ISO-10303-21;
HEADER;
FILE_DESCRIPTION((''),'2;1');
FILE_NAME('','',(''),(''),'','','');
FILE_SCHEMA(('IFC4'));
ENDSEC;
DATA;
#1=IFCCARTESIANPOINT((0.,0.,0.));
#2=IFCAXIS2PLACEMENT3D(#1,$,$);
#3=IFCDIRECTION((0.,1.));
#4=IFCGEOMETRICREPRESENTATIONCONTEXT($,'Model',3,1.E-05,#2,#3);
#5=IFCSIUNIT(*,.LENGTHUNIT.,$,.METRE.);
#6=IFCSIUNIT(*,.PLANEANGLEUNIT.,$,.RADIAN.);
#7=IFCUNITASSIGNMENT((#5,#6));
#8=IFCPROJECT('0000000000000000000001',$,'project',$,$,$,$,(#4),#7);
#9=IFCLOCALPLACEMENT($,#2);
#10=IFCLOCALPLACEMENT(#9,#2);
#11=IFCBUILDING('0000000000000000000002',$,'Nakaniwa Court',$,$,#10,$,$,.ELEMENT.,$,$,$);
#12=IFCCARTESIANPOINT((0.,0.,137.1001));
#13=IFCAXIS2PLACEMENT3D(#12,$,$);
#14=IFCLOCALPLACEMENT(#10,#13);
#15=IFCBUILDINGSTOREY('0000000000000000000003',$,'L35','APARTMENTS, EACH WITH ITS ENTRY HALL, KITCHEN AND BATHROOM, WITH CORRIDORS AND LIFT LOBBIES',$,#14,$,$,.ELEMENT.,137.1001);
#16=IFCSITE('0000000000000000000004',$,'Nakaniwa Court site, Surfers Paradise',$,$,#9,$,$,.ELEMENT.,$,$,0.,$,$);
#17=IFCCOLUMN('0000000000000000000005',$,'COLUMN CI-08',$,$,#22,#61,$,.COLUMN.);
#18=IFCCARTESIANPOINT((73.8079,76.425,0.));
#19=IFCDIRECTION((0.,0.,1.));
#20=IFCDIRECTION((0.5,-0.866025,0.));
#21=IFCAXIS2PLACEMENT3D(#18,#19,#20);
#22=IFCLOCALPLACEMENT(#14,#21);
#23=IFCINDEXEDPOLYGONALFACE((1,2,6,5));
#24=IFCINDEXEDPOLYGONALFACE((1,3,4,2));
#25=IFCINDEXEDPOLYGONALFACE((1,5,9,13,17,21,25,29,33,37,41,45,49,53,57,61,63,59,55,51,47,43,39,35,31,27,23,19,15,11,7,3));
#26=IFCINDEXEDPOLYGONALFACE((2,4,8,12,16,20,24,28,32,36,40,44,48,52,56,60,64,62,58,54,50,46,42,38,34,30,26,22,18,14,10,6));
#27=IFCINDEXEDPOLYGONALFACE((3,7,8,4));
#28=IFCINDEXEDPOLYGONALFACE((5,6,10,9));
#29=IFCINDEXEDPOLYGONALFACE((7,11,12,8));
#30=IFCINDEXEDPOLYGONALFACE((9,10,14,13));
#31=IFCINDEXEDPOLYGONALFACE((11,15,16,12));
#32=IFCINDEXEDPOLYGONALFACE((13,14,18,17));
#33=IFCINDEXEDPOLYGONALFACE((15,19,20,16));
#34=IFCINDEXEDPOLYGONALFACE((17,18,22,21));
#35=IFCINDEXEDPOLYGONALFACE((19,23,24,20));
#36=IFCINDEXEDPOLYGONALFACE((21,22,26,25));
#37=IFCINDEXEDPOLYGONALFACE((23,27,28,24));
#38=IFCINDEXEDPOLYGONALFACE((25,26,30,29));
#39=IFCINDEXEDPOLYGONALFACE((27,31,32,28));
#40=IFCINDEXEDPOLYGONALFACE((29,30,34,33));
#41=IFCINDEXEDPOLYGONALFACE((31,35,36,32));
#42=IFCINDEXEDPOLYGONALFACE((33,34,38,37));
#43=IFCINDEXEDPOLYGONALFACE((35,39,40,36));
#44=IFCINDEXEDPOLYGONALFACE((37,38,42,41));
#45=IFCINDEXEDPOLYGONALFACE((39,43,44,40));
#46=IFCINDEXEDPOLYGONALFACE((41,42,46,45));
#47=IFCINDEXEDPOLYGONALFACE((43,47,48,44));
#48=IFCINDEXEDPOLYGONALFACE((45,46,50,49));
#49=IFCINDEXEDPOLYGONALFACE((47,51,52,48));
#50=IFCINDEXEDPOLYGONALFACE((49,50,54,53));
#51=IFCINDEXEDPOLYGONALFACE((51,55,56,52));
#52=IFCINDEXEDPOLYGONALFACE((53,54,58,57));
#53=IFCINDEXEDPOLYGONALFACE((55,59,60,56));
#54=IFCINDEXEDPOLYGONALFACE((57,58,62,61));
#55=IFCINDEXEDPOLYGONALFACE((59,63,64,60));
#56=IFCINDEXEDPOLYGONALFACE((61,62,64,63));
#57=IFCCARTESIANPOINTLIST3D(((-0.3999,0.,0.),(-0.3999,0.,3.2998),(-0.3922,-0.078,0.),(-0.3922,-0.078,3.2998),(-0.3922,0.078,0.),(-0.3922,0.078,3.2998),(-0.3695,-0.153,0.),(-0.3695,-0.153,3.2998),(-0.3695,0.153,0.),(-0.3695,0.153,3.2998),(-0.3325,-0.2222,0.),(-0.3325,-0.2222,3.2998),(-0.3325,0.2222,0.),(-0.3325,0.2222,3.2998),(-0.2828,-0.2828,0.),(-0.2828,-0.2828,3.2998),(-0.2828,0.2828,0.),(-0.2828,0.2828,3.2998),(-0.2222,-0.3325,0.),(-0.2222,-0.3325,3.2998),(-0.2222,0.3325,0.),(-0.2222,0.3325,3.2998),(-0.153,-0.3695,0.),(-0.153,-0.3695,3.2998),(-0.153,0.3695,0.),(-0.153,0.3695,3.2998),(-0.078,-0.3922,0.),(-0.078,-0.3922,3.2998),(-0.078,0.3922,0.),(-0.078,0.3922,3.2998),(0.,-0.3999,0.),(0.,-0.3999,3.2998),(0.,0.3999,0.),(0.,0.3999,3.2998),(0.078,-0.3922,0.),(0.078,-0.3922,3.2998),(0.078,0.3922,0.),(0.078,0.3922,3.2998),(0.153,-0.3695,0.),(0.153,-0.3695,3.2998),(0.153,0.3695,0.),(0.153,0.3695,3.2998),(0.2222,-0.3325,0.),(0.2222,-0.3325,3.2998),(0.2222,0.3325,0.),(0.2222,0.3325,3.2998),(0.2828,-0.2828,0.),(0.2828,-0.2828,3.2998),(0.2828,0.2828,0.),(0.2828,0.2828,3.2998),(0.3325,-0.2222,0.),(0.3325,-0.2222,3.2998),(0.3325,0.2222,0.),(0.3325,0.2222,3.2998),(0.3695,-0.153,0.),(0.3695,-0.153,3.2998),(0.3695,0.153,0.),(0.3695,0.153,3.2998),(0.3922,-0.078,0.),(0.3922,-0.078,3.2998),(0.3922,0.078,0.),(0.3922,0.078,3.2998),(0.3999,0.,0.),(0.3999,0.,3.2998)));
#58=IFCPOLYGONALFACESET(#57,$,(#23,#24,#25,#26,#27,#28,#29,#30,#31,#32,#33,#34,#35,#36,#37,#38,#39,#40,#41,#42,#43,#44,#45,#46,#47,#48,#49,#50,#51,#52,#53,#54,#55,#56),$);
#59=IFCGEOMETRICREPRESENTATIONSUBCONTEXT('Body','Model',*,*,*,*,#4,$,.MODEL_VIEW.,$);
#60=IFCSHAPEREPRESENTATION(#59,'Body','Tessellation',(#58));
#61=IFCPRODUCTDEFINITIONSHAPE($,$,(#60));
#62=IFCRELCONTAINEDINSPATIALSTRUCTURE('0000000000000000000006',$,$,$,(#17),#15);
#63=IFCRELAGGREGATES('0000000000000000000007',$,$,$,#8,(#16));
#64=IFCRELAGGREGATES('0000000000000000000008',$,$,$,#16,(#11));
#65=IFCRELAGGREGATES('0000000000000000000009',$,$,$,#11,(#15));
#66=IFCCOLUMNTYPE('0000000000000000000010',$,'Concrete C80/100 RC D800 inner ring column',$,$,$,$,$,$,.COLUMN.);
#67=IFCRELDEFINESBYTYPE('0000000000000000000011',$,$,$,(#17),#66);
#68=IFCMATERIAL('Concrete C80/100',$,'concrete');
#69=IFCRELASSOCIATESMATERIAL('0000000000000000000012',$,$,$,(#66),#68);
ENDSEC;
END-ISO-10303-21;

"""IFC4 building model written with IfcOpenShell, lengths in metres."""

from ifc_helpers import new_model, si_unit, direction, frame, origin, origin_2d, place, context, subcontext, project, spatial, circle, extrude, material, material_profile, profile_set, type_object, element, save


model = new_model("IFC4")

# Units and contexts
model_context = context("Model", 3, precision=1e-05, world=origin(), true_north=direction((0.0, 1.0)))
body_context = subcontext(model_context, "Body", "Model", "MODEL_VIEW")
ifc_project = project(units=[si_unit("LENGTHUNIT", "METRE"), si_unit("PLANEANGLEUNIT", "RADIAN")], contexts=[model_context])

# Site, building, storey
site_placement = place(None, origin())
site = spatial("IfcSite", under=ifc_project, at=site_placement, Name="Nakaniwa Court site, Surfers Paradise", CompositionType="ELEMENT", RefElevation=0.0)
building_placement = place(site_placement, origin())
building = spatial("IfcBuilding", under=site, at=building_placement, Name="Nakaniwa Court", CompositionType="ELEMENT")
storey_placement = place(building_placement, frame((0.0, 0.0, 137.1001)))
storey = spatial("IfcBuildingStorey", under=building, at=storey_placement, Name="L35", Description="APARTMENTS, EACH WITH ITS ENTRY HALL, KITCHEN AND BATHROOM, WITH CORRIDORS AND LIFT LOBBIES", CompositionType="ELEMENT", Elevation=137.1001)

# Column
ifc_material_1 = material(Name="Concrete C80/100", Category="concrete")
ifc_material_profile_1 = material_profile(ifc_material_1, circle(Radius=0.3999, at=origin_2d()), Name="Concrete C80/100 RC D800 inner ring column")
ifc_profile_set_1 = profile_set([ifc_material_profile_1], Name="Concrete C80/100")
column_type_1 = type_object("IfcColumnType", Name="Concrete C80/100 RC D800 inner ring column", PredefinedType="COLUMN", material=ifc_profile_set_1)
for number, where, z_axis, x_axis, name in (
    (1, (73.8079, 76.425, 0.0), (0.0, 0.0, 1.0), (0.5, -0.866025, 0.0), "COLUMN CI-08"),
):
    element("IfcColumn", number, at=place(storey_placement, frame(where, z_axis=z_axis, x_axis=x_axis)), inside=storey, type_object=column_type_1, Name=name, PredefinedType="COLUMN", context=body_context, shape_type="SweptSolid", body=[
        extrude(circle(Radius=0.3999, at=origin_2d()), origin(), (0.0, 0.0, 1.0), 3.2998),
    ])

save(model, "model.ifc")
